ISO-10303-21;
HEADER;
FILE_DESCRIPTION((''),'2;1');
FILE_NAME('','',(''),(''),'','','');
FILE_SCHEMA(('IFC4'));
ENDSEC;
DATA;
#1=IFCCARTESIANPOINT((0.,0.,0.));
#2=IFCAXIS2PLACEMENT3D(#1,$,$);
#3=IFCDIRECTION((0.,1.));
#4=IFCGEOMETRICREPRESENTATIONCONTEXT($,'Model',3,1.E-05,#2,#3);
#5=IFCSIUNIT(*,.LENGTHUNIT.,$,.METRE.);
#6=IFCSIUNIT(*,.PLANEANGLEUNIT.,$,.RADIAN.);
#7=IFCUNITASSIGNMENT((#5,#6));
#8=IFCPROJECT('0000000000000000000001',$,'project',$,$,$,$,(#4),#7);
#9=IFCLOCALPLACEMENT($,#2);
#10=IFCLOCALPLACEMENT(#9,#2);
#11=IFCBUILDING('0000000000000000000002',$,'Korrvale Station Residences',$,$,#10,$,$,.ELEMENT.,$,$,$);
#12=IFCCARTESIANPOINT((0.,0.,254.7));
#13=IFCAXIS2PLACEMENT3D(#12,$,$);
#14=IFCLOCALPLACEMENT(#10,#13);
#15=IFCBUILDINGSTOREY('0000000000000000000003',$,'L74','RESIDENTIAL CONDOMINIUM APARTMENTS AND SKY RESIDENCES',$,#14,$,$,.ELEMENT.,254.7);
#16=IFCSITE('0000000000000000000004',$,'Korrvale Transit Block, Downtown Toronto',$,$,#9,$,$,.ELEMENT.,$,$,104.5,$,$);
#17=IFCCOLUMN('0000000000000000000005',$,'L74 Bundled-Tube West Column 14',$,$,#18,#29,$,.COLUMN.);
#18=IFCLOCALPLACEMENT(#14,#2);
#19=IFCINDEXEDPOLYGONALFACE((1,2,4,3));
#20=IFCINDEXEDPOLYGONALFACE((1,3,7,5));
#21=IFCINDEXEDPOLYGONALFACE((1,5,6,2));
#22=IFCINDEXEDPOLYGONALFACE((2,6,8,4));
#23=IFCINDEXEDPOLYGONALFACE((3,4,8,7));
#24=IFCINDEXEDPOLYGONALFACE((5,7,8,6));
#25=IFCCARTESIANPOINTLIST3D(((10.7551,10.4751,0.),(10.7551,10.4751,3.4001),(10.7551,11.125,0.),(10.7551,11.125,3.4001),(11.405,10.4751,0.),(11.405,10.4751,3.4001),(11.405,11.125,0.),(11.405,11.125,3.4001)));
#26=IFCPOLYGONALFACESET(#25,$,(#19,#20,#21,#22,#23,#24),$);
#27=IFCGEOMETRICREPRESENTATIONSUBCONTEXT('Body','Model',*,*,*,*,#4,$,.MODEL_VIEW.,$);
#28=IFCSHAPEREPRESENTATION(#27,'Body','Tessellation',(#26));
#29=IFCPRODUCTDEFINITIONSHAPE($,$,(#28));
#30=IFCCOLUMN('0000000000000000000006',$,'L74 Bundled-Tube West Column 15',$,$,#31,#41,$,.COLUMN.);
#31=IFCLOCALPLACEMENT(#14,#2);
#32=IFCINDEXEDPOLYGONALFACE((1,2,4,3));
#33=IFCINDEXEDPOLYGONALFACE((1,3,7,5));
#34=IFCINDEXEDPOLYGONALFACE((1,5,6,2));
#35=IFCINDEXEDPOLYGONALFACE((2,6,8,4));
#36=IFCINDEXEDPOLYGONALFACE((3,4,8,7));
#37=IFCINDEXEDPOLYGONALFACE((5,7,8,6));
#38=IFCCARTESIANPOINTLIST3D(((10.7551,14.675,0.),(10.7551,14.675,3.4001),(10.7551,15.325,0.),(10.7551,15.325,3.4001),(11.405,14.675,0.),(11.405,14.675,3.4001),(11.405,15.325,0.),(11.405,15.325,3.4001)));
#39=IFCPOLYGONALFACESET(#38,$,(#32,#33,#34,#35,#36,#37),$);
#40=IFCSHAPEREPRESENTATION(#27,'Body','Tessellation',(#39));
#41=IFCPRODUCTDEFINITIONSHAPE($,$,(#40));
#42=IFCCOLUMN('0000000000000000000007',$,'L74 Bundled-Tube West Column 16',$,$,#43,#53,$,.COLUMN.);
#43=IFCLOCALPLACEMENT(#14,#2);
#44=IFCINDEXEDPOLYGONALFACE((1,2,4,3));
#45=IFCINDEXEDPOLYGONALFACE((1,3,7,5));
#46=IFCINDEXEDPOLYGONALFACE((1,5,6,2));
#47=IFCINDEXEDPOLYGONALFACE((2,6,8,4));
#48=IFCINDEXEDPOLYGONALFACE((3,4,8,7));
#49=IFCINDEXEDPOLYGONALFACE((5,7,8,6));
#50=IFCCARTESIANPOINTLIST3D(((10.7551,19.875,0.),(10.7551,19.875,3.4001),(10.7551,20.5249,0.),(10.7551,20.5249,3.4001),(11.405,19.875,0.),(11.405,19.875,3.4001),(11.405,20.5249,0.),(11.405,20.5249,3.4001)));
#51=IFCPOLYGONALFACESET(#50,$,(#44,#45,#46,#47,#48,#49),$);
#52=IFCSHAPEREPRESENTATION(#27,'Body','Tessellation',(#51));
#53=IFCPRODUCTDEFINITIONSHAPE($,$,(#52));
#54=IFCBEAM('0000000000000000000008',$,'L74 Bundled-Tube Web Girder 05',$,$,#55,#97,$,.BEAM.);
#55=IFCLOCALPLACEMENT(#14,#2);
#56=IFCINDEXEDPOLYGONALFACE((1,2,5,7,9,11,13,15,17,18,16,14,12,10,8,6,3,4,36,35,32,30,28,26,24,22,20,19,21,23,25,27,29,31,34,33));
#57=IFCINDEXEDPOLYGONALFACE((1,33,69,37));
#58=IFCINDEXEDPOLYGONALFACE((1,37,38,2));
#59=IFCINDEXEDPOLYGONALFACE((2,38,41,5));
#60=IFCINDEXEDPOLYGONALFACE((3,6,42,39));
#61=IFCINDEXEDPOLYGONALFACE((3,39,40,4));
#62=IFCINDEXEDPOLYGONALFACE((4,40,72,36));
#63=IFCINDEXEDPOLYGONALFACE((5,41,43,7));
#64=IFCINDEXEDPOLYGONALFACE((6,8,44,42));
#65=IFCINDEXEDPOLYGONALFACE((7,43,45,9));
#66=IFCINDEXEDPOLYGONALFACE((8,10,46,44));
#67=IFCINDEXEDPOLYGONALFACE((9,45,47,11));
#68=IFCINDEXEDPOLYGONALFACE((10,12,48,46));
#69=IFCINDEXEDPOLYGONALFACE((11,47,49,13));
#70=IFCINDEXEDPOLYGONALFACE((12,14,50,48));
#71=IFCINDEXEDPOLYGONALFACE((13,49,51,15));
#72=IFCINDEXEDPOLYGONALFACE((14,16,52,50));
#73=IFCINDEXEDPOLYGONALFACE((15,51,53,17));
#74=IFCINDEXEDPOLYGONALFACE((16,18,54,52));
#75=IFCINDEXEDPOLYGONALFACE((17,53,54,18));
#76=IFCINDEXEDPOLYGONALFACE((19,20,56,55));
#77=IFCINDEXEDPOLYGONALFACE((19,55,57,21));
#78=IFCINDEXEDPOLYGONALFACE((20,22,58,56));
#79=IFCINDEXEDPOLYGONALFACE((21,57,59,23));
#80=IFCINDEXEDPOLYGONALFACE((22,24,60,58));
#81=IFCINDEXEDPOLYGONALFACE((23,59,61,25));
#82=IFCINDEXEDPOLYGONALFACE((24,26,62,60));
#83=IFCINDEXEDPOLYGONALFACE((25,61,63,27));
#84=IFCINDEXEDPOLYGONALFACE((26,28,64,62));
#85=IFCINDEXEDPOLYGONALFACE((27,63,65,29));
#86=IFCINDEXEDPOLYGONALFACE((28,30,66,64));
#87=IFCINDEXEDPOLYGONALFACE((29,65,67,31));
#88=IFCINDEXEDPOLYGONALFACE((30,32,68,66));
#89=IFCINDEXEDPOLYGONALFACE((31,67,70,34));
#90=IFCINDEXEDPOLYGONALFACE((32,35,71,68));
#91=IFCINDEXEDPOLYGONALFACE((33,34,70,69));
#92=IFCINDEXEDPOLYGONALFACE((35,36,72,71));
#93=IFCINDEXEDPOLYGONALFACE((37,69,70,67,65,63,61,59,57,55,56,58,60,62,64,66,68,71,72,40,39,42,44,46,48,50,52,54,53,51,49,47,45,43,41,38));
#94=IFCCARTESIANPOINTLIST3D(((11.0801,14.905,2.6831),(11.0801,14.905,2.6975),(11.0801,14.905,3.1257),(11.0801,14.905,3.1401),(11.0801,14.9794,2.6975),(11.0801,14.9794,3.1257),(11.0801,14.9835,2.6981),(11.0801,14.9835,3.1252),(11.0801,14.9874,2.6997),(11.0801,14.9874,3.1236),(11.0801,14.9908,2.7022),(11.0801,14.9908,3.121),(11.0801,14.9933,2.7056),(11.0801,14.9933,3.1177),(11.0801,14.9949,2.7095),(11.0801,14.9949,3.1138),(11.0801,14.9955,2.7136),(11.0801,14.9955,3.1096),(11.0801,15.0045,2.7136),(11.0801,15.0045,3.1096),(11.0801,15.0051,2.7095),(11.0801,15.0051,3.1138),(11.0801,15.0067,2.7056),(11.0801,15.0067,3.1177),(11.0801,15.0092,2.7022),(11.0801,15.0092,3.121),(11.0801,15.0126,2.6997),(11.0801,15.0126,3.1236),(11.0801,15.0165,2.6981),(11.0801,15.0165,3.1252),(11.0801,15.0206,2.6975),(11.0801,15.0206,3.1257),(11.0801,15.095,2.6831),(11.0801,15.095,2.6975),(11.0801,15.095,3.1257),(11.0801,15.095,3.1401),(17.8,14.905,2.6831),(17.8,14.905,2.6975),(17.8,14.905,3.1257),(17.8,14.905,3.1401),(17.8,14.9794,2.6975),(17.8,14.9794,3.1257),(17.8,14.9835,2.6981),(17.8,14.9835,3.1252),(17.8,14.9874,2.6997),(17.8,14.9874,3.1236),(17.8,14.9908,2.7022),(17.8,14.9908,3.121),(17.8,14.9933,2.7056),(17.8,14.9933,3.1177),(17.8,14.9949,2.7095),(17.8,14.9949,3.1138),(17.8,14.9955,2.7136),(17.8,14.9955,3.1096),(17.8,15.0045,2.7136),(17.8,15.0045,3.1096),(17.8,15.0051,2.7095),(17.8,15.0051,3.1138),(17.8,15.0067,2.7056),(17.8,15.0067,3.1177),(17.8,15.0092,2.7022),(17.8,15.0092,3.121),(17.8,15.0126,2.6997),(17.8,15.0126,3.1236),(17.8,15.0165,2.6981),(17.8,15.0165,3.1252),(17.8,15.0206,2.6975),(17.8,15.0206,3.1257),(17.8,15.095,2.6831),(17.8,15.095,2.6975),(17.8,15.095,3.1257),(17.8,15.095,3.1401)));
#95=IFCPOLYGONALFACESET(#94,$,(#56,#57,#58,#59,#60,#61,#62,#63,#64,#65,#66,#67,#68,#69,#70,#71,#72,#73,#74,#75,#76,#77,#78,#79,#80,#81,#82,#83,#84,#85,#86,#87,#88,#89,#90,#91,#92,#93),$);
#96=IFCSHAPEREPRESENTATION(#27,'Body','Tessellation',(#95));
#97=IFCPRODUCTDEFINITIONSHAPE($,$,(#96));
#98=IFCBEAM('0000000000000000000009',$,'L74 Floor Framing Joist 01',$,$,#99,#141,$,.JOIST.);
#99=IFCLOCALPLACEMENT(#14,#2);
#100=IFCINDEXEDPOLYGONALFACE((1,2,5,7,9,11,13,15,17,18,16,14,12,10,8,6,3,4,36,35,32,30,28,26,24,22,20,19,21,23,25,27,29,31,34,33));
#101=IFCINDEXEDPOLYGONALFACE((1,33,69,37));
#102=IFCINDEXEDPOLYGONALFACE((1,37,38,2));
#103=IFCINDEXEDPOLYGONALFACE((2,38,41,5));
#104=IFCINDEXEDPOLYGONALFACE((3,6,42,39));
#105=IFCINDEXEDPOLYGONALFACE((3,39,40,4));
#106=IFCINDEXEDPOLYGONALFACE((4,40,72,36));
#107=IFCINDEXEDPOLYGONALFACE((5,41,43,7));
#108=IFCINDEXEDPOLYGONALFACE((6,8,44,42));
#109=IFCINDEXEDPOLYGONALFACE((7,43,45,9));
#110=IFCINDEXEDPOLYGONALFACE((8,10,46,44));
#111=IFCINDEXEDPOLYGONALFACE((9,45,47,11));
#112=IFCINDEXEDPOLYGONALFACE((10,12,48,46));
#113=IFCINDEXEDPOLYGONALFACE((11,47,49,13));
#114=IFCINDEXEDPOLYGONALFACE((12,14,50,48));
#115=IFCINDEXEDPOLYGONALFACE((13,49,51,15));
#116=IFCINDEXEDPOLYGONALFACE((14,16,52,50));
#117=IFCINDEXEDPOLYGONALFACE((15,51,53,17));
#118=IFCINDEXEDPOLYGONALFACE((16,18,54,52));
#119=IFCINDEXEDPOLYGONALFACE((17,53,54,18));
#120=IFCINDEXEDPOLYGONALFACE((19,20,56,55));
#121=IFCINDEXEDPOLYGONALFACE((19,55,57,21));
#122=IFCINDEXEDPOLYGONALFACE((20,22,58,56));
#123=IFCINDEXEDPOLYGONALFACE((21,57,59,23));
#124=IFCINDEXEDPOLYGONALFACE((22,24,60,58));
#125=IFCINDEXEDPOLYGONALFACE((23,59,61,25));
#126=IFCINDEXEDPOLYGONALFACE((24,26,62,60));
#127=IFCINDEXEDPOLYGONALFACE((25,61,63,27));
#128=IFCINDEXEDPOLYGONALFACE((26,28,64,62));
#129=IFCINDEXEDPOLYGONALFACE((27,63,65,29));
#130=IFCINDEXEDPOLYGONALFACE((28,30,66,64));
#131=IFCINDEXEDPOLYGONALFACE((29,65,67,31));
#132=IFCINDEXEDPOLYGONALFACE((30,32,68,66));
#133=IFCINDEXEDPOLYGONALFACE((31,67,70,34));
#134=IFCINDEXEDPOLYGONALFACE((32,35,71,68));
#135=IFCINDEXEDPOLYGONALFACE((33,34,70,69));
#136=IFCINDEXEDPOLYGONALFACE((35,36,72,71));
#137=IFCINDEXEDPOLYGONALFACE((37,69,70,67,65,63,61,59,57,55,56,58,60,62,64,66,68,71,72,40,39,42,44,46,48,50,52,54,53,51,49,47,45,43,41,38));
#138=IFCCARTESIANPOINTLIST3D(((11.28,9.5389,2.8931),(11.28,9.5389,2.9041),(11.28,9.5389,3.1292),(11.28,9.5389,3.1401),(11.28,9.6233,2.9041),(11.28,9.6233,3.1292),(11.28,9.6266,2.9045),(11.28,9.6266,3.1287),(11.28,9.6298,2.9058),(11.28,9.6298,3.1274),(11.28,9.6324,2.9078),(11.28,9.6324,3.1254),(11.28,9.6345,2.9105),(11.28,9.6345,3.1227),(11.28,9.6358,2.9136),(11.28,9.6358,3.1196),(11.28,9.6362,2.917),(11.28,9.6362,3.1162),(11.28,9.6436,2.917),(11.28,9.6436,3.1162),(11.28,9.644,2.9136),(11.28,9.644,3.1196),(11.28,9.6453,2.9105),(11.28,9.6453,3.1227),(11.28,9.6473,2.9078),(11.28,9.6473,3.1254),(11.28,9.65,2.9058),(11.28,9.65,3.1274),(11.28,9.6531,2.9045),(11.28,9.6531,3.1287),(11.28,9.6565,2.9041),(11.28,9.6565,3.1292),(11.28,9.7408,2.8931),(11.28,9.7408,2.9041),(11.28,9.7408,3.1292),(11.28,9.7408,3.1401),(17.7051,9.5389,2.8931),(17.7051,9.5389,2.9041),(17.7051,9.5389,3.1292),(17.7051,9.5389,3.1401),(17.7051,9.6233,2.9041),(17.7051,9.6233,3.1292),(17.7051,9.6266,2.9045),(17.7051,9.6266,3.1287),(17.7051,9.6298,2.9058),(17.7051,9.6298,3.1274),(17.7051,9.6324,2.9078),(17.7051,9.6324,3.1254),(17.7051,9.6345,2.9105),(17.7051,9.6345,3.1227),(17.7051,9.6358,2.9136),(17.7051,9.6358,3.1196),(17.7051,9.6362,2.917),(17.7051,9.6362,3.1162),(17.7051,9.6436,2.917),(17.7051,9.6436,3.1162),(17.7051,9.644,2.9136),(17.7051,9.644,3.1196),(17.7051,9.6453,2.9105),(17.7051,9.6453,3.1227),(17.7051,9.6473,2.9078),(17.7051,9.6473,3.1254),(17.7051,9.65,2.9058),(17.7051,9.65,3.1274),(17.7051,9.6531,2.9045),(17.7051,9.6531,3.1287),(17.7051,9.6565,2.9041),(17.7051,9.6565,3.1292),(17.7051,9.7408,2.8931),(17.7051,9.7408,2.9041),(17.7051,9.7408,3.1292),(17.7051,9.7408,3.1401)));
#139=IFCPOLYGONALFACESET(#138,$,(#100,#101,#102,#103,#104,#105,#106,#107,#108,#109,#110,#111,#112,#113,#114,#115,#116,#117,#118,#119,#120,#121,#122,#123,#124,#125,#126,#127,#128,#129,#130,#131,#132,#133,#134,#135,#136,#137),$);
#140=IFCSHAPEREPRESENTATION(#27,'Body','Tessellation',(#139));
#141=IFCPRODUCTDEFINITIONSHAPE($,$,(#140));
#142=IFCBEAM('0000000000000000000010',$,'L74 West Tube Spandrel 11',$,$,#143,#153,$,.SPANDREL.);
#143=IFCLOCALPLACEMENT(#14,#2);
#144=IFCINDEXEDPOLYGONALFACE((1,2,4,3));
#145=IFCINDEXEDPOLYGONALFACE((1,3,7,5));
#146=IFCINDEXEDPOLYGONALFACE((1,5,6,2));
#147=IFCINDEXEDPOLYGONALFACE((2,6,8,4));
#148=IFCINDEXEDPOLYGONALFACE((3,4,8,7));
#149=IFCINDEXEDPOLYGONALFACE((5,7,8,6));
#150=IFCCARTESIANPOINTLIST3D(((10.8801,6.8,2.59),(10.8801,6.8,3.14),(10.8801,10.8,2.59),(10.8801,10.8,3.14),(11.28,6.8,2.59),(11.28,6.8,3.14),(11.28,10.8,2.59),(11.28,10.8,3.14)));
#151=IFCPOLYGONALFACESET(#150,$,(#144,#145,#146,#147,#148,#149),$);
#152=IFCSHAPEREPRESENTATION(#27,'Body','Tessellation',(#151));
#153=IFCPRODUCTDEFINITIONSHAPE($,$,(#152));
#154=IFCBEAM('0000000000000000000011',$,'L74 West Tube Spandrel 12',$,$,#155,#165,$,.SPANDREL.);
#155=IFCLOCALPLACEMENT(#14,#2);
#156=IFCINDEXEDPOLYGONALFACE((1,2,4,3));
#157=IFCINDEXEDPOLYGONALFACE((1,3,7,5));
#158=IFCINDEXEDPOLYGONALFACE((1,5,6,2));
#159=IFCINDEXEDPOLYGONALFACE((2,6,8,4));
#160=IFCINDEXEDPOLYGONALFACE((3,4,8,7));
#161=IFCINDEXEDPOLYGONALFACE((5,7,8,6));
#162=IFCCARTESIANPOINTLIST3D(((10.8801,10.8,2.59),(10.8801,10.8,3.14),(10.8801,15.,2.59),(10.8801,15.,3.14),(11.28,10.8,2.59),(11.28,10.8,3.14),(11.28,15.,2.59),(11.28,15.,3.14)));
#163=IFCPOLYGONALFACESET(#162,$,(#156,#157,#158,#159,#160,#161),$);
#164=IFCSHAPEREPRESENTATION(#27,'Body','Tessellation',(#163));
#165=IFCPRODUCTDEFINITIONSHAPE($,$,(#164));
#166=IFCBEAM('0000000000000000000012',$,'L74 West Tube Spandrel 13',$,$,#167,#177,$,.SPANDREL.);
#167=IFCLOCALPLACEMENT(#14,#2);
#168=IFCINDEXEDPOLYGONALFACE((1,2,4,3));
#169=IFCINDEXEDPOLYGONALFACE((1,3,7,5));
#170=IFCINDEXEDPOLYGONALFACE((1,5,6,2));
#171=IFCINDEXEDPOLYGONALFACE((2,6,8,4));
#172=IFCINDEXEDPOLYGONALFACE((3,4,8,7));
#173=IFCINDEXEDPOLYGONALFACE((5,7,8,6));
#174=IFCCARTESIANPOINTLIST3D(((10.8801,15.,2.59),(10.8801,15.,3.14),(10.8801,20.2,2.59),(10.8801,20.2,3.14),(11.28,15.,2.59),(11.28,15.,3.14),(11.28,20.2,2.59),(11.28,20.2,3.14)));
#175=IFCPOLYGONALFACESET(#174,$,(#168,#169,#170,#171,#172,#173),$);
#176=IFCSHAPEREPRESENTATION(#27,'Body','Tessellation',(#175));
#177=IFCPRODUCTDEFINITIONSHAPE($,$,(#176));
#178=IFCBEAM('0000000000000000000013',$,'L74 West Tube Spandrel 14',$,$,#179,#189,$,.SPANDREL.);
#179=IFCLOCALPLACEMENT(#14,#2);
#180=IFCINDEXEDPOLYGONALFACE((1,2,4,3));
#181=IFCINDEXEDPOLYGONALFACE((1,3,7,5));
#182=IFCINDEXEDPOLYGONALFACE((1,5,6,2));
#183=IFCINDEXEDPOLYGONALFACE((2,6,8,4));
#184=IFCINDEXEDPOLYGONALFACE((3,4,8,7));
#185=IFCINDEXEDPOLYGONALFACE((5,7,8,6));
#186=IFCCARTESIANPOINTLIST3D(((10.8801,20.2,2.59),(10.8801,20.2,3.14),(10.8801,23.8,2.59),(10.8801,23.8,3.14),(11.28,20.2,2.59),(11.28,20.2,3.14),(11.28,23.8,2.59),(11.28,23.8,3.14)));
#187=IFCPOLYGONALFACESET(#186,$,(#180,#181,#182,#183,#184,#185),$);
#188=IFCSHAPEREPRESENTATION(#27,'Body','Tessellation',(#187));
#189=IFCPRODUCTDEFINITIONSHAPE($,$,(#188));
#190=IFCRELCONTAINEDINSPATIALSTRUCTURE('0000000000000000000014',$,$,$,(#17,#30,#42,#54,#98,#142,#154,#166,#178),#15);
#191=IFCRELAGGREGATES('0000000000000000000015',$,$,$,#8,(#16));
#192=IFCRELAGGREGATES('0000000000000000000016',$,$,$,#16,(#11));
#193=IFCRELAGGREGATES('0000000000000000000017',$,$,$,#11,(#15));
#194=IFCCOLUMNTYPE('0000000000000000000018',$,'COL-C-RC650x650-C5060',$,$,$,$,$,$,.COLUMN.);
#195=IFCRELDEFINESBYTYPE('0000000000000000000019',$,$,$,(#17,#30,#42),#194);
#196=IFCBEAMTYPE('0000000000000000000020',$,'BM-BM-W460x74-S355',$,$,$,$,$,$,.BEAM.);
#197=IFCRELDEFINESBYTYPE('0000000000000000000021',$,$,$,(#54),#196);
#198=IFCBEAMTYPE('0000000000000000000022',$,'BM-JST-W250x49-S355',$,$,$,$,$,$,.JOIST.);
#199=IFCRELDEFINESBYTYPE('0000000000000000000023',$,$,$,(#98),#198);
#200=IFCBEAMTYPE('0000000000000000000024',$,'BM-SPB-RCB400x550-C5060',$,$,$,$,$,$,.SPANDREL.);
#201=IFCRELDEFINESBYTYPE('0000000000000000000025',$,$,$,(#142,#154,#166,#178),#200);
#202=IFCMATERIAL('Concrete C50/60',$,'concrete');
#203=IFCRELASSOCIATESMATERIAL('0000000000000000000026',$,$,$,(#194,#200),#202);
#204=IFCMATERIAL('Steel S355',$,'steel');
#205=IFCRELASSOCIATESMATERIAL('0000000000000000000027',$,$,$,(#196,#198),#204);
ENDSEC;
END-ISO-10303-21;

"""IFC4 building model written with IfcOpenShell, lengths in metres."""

from ifc_helpers import new_model, si_unit, direction, frame, origin, origin_2d, place, context, subcontext, project, spatial, rectangle, i_section, extrude, material, material_profile, profile_set, type_object, element, save


model = new_model("IFC4")

# Units and contexts
model_context = context("Model", 3, precision=1e-05, world=origin(), true_north=direction((0.0, 1.0)))
body_context = subcontext(model_context, "Body", "Model", "MODEL_VIEW")
ifc_project = project(units=[si_unit("LENGTHUNIT", "METRE"), si_unit("PLANEANGLEUNIT", "RADIAN")], contexts=[model_context])

# Site, building, storey
site_placement = place(None, origin())
site = spatial("IfcSite", under=ifc_project, at=site_placement, Name="Korrvale Transit Block, Downtown Toronto", CompositionType="ELEMENT", RefElevation=104.5)
building_placement = place(site_placement, origin())
building = spatial("IfcBuilding", under=site, at=building_placement, Name="Korrvale Station Residences", CompositionType="ELEMENT")
storey_placement = place(building_placement, frame((0.0, 0.0, 254.7)))
storey = spatial("IfcBuildingStorey", under=building, at=storey_placement, Name="L74", Description="RESIDENTIAL CONDOMINIUM APARTMENTS AND SKY RESIDENCES", CompositionType="ELEMENT", Elevation=254.7)

# Columns
ifc_material_1 = material(Name="Concrete C50/60", Category="concrete")
ifc_material_profile_1 = material_profile(ifc_material_1, rectangle(XDim=0.6499, YDim=0.6499, at=origin_2d()), Name="RC650x650")
ifc_profile_set_1 = profile_set([ifc_material_profile_1], Name="Concrete C50/60")
column_type = type_object("IfcColumnType", Name="COL-C-RC650x650-C5060", PredefinedType="COLUMN", material=ifc_profile_set_1)
for number, where, z_axis, x_axis, name in (
    (1, (11.0801, 10.8, 0.0), (0.0, 0.0, 1.0), (1.0, 0.0, 0.0), "L74 Bundled-Tube West Column 14"),
    (2, (11.0801, 15.0, 0.0), (0.0, 0.0, 1.0), (1.0, 0.0, 0.0), "L74 Bundled-Tube West Column 15"),
    (3, (11.0801, 20.2, 0.0), (0.0, 0.0, 1.0), (1.0, 0.0, 0.0), "L74 Bundled-Tube West Column 16"),
):
    element("IfcColumn", number, at=place(storey_placement, frame(where, z_axis=z_axis, x_axis=x_axis)), inside=storey, type_object=column_type, Name=name, PredefinedType="COLUMN", context=body_context, shape_type="SweptSolid", body=[
        extrude(rectangle(XDim=0.6499, YDim=0.6499, at=origin_2d()), origin(), (0.0, 0.0, 1.0), 3.4001),
    ])

# Beams
ifc_material_2 = material(Name="Steel S355", Category="steel")
ifc_material_profile_2 = material_profile(ifc_material_2, i_section(OverallWidth=0.1899, OverallDepth=0.457, WebThickness=0.009, FlangeThickness=0.0144, FilletRadius=0.0161, at=origin_2d()), Name="W460x74")
ifc_profile_set_2 = profile_set([ifc_material_profile_2], Name="Steel S355")
beam_type_1 = type_object("IfcBeamType", Name="BM-BM-W460x74-S355", PredefinedType="BEAM", material=ifc_profile_set_2)
beam_1_placement = place(storey_placement, frame((11.0801, 15.0, 2.9116), z_axis=(1.0, 0.0, 0.0), x_axis=(0.0, 1.0, 0.0)))
element("IfcBeam", 4, at=beam_1_placement, inside=storey, type_object=beam_type_1, Name="L74 Bundled-Tube Web Girder 05", PredefinedType="BEAM", context=body_context, shape_type="SweptSolid", body=[
    extrude(i_section(OverallWidth=0.1899, OverallDepth=0.457, WebThickness=0.009, FlangeThickness=0.0144, FilletRadius=0.0161, at=origin_2d()), origin(), (0.0, 0.0, 1.0), 6.72),
])
ifc_material_profile_3 = material_profile(ifc_material_2, i_section(OverallWidth=0.2019, OverallDepth=0.2471, WebThickness=0.0073, FlangeThickness=0.011, FilletRadius=0.0129, at=origin_2d()), Name="W250x49")
ifc_profile_set_3 = profile_set([ifc_material_profile_3], Name="Steel S355")
beam_type_2 = type_object("IfcBeamType", Name="BM-JST-W250x49-S355", PredefinedType="JOIST", material=ifc_profile_set_3)
beam_2_placement = place(storey_placement, frame((11.28, 9.6399, 3.0166), z_axis=(1.0, 0.0, 0.0), x_axis=(0.0, 1.0, 0.0)))
element("IfcBeam", 5, at=beam_2_placement, inside=storey, type_object=beam_type_2, Name="L74 Floor Framing Joist 01", PredefinedType="JOIST", context=body_context, shape_type="SweptSolid", body=[
    extrude(i_section(OverallWidth=0.2019, OverallDepth=0.2471, WebThickness=0.0073, FlangeThickness=0.011, FilletRadius=0.0129, at=origin_2d()), origin(), (0.0, 0.0, 1.0), 6.425),
])
ifc_material_profile_4 = material_profile(ifc_material_1, rectangle(XDim=0.3999, YDim=0.55, at=origin_2d()), Name="RCB400x550")
ifc_profile_set_4 = profile_set([ifc_material_profile_4], Name="Concrete C50/60")
beam_type_3 = type_object("IfcBeamType", Name="BM-SPB-RCB400x550-C5060", PredefinedType="SPANDREL", material=ifc_profile_set_4)
beam_3_placement = place(storey_placement, frame((11.0801, 6.8, 2.865), z_axis=(0.0, 1.0, 0.0), x_axis=(-1.0, 0.0, 0.0)))
element("IfcBeam", 6, at=beam_3_placement, inside=storey, type_object=beam_type_3, Name="L74 West Tube Spandrel 11", PredefinedType="SPANDREL", context=body_context, shape_type="SweptSolid", body=[
    extrude(rectangle(XDim=0.3999, YDim=0.55, at=origin_2d()), origin(), (0.0, 0.0, 1.0), 4.0),
])
beam_4_placement = place(storey_placement, frame((11.0801, 10.8, 2.865), z_axis=(0.0, 1.0, 0.0), x_axis=(-1.0, 0.0, 0.0)))
element("IfcBeam", 7, at=beam_4_placement, inside=storey, type_object=beam_type_3, Name="L74 West Tube Spandrel 12", PredefinedType="SPANDREL", context=body_context, shape_type="SweptSolid", body=[
    extrude(rectangle(XDim=0.3999, YDim=0.55, at=origin_2d()), origin(), (0.0, 0.0, 1.0), 4.2),
])
beam_5_placement = place(storey_placement, frame((11.0801, 15.0, 2.865), z_axis=(0.0, 1.0, 0.0), x_axis=(-1.0, 0.0, 0.0)))
element("IfcBeam", 8, at=beam_5_placement, inside=storey, type_object=beam_type_3, Name="L74 West Tube Spandrel 13", PredefinedType="SPANDREL", context=body_context, shape_type="SweptSolid", body=[
    extrude(rectangle(XDim=0.3999, YDim=0.55, at=origin_2d()), origin(), (0.0, 0.0, 1.0), 5.2),
])
beam_6_placement = place(storey_placement, frame((11.0801, 20.2, 2.865), z_axis=(0.0, 1.0, 0.0), x_axis=(-1.0, 0.0, 0.0)))
element("IfcBeam", 9, at=beam_6_placement, inside=storey, type_object=beam_type_3, Name="L74 West Tube Spandrel 14", PredefinedType="SPANDREL", context=body_context, shape_type="SweptSolid", body=[
    extrude(rectangle(XDim=0.3999, YDim=0.55, at=origin_2d()), origin(), (0.0, 0.0, 1.0), 3.6001),
])

save(model, "model.ifc")
